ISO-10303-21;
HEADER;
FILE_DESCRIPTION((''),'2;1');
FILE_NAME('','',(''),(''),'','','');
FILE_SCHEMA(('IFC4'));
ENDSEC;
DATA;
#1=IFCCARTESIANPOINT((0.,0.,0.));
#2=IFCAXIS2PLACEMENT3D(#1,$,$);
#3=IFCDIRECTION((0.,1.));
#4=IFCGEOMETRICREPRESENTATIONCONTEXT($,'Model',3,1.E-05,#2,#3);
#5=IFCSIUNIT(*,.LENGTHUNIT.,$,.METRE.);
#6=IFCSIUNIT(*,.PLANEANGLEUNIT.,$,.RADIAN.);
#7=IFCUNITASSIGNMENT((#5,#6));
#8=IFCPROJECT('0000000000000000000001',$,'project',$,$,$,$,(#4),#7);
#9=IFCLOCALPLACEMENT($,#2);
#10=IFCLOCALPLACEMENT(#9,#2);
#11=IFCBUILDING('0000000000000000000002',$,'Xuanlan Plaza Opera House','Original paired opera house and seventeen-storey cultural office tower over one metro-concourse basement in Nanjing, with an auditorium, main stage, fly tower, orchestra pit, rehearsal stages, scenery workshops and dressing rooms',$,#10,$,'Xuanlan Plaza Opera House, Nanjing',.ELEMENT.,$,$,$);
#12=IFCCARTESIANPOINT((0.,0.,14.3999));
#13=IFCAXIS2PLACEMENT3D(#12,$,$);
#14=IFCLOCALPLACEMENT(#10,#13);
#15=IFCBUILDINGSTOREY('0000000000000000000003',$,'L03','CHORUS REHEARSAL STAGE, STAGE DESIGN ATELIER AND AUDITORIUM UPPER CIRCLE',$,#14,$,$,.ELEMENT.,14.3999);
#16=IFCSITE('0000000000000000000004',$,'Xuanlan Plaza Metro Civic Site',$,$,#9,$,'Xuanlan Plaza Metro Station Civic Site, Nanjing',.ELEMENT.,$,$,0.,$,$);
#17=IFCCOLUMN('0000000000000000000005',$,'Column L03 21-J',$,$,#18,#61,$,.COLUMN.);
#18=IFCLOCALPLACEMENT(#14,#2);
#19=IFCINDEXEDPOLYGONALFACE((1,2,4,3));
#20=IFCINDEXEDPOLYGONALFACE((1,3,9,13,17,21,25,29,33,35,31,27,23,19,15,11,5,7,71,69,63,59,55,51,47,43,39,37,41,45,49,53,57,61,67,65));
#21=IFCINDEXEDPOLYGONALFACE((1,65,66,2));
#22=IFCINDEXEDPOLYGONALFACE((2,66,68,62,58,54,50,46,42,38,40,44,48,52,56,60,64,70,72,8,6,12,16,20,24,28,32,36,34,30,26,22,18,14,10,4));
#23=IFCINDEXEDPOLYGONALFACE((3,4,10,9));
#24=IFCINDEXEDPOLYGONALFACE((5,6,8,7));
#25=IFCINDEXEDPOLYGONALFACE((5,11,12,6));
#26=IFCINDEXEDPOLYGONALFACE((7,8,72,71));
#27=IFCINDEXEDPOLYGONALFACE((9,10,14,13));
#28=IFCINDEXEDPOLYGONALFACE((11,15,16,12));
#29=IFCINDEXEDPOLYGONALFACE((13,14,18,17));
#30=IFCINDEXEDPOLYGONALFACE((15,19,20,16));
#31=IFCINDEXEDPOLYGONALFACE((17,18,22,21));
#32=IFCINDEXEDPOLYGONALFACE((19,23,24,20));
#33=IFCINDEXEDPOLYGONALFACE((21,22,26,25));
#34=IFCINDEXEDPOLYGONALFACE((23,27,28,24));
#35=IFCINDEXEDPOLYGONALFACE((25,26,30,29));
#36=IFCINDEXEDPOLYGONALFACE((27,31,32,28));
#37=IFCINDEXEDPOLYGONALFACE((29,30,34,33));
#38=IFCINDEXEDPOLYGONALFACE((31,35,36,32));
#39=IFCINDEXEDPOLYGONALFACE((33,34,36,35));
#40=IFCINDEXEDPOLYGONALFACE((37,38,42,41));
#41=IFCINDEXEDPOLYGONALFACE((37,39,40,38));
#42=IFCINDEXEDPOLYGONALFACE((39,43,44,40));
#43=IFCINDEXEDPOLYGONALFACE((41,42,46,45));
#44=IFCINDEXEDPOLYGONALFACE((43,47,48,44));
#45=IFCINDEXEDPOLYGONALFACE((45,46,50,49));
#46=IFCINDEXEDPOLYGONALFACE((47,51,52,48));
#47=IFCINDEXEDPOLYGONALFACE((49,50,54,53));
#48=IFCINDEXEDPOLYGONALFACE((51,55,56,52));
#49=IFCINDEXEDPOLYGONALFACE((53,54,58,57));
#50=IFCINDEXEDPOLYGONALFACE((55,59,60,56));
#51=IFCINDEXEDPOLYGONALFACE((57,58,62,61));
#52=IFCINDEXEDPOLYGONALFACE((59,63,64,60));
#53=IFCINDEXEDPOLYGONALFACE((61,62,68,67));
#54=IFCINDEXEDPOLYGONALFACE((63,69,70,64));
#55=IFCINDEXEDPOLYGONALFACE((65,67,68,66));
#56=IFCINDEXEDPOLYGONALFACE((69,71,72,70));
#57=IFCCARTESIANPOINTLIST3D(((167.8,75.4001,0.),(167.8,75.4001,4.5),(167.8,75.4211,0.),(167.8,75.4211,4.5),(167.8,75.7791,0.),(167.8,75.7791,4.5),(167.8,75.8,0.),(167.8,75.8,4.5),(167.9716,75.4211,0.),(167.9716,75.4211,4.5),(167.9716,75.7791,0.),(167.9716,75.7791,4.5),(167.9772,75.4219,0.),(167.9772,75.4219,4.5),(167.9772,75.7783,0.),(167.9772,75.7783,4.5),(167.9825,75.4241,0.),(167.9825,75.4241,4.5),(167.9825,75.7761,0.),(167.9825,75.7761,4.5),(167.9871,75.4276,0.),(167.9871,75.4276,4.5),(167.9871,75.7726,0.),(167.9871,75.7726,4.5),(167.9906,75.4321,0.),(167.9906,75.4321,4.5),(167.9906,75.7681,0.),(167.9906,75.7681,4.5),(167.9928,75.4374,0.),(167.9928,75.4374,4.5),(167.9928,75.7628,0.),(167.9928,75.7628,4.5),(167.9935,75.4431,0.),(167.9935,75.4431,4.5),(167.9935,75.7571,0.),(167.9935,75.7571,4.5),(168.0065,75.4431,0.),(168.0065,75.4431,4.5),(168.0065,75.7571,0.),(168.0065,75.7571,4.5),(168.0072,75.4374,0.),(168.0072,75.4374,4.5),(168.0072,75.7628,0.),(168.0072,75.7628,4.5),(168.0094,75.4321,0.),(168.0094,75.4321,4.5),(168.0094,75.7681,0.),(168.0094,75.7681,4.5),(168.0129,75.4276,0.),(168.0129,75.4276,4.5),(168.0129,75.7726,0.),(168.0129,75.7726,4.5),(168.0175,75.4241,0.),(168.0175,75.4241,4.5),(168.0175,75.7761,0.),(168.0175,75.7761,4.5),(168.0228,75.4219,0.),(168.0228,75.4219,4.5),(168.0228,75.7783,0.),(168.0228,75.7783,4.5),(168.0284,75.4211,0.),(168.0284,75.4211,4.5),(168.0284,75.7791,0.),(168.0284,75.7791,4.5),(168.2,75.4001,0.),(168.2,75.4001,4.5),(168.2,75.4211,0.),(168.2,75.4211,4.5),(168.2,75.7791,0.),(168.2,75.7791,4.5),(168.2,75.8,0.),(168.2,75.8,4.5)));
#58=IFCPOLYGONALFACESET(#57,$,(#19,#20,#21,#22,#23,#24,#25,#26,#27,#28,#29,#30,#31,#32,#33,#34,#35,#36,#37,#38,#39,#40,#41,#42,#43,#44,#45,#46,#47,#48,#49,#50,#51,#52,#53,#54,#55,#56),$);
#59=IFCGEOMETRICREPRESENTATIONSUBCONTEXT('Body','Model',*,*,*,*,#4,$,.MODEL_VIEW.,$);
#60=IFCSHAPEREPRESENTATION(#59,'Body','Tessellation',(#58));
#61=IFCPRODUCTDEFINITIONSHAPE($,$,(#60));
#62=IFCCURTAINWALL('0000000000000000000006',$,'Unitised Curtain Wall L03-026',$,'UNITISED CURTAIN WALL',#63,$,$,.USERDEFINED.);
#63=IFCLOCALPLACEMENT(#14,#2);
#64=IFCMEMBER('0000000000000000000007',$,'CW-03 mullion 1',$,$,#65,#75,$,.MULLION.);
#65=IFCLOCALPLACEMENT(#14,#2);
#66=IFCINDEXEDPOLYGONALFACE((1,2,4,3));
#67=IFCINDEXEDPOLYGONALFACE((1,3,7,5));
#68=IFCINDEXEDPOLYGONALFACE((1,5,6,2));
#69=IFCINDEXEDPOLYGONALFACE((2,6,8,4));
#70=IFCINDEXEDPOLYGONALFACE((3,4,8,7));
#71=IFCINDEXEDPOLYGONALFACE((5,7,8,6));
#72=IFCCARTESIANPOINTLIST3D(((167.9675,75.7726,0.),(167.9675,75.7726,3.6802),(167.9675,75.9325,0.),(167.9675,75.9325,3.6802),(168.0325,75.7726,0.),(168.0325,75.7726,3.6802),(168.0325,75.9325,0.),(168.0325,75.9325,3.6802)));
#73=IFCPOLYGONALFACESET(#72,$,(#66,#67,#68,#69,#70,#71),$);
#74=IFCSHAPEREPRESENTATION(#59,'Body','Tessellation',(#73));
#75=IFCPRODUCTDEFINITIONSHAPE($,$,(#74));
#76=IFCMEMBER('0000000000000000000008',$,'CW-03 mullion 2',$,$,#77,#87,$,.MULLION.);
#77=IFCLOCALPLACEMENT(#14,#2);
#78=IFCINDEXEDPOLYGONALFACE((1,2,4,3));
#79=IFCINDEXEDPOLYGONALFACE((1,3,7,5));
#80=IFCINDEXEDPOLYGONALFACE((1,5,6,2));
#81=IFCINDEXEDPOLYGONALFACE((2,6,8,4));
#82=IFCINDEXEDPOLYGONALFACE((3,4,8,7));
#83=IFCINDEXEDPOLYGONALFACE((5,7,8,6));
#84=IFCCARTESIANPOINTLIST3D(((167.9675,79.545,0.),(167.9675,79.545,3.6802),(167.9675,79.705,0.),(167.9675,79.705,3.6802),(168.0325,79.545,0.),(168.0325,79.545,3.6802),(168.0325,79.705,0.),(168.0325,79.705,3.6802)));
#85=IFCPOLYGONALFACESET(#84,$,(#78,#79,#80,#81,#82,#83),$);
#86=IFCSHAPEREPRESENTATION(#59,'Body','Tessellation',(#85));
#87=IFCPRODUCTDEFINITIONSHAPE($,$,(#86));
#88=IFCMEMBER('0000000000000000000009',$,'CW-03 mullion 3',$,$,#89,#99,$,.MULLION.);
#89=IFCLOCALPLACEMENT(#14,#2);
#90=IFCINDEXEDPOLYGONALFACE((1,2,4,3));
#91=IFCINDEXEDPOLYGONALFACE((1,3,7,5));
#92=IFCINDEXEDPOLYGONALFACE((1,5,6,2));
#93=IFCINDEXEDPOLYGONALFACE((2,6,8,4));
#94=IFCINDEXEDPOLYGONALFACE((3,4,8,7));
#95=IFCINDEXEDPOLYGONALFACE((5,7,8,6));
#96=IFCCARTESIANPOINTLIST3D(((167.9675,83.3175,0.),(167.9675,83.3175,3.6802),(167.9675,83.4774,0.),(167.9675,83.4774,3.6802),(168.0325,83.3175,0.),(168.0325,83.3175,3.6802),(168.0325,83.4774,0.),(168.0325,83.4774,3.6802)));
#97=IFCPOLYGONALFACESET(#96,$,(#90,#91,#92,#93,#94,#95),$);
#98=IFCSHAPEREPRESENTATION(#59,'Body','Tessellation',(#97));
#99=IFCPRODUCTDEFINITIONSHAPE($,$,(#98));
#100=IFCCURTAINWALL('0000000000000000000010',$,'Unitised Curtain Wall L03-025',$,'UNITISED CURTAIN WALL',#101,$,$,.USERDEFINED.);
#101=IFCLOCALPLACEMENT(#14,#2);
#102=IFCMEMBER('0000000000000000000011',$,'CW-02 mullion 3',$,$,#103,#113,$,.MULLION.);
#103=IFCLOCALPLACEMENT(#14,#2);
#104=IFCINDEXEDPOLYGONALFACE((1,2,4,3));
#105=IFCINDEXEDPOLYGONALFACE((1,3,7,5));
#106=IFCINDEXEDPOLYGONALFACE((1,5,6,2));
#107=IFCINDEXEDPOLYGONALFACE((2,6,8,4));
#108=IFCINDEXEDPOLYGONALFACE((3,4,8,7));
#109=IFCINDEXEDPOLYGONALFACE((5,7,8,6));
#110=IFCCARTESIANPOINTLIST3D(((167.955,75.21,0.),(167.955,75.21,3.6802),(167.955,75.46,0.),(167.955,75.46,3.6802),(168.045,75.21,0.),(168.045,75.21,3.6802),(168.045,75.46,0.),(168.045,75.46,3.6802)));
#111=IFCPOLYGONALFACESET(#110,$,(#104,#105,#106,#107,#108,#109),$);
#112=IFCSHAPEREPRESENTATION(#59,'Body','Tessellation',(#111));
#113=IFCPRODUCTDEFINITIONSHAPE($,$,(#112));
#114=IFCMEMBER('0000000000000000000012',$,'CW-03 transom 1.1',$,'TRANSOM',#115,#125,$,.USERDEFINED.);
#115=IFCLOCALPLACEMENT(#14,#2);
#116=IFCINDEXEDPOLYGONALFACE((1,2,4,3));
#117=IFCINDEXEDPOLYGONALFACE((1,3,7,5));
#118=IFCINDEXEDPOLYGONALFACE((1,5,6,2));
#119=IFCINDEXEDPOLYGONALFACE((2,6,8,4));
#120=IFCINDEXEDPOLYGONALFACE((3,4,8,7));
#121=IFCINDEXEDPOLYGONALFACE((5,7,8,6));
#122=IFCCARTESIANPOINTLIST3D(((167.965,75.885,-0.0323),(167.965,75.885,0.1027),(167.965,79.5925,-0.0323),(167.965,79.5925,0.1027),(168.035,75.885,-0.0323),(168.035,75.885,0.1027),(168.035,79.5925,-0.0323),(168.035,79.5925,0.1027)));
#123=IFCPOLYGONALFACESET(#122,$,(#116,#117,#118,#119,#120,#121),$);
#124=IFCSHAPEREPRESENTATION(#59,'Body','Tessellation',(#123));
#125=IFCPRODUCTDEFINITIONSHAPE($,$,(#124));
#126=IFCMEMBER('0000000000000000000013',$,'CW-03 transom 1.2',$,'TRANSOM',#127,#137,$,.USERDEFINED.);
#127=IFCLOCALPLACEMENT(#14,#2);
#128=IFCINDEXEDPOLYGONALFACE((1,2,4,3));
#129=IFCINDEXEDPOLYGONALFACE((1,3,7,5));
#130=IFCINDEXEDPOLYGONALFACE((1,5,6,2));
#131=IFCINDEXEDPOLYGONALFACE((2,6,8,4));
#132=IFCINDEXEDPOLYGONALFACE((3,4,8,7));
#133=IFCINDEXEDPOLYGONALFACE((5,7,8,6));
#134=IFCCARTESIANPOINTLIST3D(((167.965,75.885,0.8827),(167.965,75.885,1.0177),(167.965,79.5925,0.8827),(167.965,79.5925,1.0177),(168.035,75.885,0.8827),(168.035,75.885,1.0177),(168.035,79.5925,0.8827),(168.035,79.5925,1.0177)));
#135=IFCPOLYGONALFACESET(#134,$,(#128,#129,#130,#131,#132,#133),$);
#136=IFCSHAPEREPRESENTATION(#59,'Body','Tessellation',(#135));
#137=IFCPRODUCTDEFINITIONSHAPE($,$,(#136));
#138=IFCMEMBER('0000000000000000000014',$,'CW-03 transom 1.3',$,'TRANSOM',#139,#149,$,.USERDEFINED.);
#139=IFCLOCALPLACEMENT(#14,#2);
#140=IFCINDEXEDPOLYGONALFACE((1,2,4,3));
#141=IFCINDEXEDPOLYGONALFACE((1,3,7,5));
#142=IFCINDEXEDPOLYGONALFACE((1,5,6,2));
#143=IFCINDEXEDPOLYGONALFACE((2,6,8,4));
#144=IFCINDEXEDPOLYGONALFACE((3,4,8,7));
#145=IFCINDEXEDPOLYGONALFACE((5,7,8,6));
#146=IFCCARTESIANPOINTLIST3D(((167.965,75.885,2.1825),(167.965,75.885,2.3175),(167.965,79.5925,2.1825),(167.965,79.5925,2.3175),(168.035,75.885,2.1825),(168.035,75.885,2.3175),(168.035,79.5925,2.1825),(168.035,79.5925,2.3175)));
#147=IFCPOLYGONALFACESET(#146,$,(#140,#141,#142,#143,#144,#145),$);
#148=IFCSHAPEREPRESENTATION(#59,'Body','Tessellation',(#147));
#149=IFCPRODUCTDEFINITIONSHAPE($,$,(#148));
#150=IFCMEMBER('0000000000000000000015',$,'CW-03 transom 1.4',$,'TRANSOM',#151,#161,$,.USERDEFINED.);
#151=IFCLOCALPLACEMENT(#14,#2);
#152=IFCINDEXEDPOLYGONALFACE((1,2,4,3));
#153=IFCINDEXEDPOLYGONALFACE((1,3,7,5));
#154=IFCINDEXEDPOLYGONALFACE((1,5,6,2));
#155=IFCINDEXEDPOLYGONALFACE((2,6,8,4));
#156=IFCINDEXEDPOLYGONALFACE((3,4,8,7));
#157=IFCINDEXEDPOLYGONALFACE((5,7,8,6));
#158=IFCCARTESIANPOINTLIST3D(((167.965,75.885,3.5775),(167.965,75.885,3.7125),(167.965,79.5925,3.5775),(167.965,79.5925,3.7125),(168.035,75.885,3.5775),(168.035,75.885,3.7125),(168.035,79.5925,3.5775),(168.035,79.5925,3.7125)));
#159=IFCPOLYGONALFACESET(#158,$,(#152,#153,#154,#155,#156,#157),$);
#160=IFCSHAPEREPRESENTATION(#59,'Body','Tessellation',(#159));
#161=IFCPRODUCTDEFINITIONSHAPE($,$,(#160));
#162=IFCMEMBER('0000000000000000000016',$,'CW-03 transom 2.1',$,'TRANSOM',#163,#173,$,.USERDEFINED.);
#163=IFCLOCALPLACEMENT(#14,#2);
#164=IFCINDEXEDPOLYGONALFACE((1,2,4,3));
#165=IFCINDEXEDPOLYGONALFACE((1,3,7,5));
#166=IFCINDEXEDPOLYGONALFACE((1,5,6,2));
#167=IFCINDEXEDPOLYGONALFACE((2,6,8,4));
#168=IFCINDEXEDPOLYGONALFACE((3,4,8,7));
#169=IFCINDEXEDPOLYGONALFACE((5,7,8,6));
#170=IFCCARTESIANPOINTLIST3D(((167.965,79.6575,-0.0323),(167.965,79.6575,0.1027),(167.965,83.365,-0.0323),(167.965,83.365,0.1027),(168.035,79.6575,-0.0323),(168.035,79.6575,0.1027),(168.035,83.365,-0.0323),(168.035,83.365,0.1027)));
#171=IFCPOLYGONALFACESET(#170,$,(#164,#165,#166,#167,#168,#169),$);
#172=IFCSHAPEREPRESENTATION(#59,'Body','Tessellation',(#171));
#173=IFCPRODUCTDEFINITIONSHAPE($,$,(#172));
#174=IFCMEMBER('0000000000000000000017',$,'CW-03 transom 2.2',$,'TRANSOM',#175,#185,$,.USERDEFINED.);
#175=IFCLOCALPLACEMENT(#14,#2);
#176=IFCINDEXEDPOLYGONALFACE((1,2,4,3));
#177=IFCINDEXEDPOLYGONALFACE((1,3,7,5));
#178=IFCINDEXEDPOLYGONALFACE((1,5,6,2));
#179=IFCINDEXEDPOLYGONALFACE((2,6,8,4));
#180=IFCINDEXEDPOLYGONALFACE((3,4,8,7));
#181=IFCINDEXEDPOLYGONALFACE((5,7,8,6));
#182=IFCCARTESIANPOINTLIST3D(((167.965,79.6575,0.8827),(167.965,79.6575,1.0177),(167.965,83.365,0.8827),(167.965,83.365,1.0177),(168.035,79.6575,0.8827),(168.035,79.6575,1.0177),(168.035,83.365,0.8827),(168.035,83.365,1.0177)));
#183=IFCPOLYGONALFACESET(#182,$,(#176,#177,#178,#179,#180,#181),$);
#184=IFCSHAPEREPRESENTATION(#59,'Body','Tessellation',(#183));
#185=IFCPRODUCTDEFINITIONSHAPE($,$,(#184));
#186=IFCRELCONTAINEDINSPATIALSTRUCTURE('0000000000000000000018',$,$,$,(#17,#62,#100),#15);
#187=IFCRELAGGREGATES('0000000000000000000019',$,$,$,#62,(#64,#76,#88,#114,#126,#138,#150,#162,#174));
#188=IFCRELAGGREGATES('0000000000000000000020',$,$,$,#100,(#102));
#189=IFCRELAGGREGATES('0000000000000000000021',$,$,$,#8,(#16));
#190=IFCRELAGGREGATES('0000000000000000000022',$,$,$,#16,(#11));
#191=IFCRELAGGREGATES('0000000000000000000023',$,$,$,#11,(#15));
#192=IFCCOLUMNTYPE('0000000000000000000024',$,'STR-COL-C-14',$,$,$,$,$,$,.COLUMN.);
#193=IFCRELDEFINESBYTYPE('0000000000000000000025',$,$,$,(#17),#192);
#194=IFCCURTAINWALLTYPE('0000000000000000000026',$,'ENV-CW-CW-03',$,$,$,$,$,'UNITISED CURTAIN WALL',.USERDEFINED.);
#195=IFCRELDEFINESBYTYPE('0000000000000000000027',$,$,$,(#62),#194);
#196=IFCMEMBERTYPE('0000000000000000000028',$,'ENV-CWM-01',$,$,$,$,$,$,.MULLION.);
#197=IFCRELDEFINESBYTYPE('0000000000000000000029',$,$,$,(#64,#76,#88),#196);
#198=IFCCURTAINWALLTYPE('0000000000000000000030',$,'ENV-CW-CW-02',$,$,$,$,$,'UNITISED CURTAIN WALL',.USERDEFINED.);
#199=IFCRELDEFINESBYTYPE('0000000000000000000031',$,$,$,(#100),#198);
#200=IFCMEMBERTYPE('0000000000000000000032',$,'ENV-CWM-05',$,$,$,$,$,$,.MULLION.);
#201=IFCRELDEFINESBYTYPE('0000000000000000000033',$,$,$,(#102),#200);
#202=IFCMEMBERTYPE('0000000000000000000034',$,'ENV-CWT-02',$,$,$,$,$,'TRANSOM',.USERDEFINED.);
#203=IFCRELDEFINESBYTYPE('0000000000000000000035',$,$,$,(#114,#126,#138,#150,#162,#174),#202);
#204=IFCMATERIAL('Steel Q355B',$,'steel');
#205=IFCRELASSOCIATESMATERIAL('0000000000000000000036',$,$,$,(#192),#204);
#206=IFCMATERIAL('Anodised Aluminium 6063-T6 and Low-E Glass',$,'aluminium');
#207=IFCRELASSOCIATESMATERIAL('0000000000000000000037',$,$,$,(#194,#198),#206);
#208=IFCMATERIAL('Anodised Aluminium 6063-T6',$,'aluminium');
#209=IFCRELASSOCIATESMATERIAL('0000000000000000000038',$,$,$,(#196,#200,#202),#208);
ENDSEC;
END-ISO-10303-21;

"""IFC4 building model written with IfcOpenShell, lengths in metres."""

from ifc_helpers import new_model, si_unit, direction, frame, origin, origin_2d, place, context, subcontext, project, spatial, rectangle, i_section, extrude, material, material_profile, profile_set, type_object, element, aggregate, save


model = new_model("IFC4")

# Units and contexts
model_context = context("Model", 3, precision=1e-05, world=origin(), true_north=direction((0.0, 1.0)))
body_context = subcontext(model_context, "Body", "Model", "MODEL_VIEW")
ifc_project = project(units=[si_unit("LENGTHUNIT", "METRE"), si_unit("PLANEANGLEUNIT", "RADIAN")], contexts=[model_context])

# Site, building, storey
site_placement = place(None, origin())
site = spatial("IfcSite", under=ifc_project, at=site_placement, Name="Xuanlan Plaza Metro Civic Site", LongName="Xuanlan Plaza Metro Station Civic Site, Nanjing", CompositionType="ELEMENT", RefElevation=0.0)
building_placement = place(site_placement, origin())
building = spatial("IfcBuilding", under=site, at=building_placement, Name="Xuanlan Plaza Opera House", Description="Original paired opera house and seventeen-storey cultural office tower over one metro-concourse basement in Nanjing, with an auditorium, main stage, fly tower, orchestra pit, rehearsal stages, scenery workshops and dressing rooms", LongName="Xuanlan Plaza Opera House, Nanjing", CompositionType="ELEMENT")
storey_placement = place(building_placement, frame((0.0, 0.0, 14.3999)))
storey = spatial("IfcBuildingStorey", under=building, at=storey_placement, Name="L03", Description="CHORUS REHEARSAL STAGE, STAGE DESIGN ATELIER AND AUDITORIUM UPPER CIRCLE", CompositionType="ELEMENT", Elevation=14.3999)

# Column
ifc_material_1 = material(Name="Steel Q355B", Category="steel")
ifc_material_profile_1 = material_profile(ifc_material_1, i_section(OverallWidth=0.3999, OverallDepth=0.3999, WebThickness=0.0129, FlangeThickness=0.021, FilletRadius=0.022, at=origin_2d()), Name="HW 400x400x13x21")
ifc_profile_set_1 = profile_set([ifc_material_profile_1], Name="Steel Q355B")
column_type = type_object("IfcColumnType", Name="STR-COL-C-14", PredefinedType="COLUMN", material=ifc_profile_set_1)
column_placement = place(storey_placement, frame((168.0, 75.6001, 0.0), z_axis=(0.0, 0.0, 1.0), x_axis=(1.0, 0.0, 0.0)))
element("IfcColumn", 1, at=column_placement, inside=storey, type_object=column_type, Name="Column L03 21-J", PredefinedType="COLUMN", context=body_context, shape_type="SweptSolid", body=[
    extrude(i_section(OverallWidth=0.3999, OverallDepth=0.3999, WebThickness=0.0129, FlangeThickness=0.021, FilletRadius=0.022, at=origin_2d()), origin(), (0.0, 0.0, 1.0), 4.5),
])

# Curtain wall, members
ifc_material_2 = material(Name="Anodised Aluminium 6063-T6 and Low-E Glass", Category="aluminium")
curtain_wall_type_1 = type_object("IfcCurtainWallType", Name="ENV-CW-CW-03", ElementType="UNITISED CURTAIN WALL", PredefinedType="USERDEFINED", material=ifc_material_2)
curtain_wall_1_placement = place(storey_placement, origin())
curtain_wall_1 = element("IfcCurtainWall", 2, at=curtain_wall_1_placement, inside=storey, type_object=curtain_wall_type_1, Name="Unitised Curtain Wall L03-026", ObjectType="UNITISED CURTAIN WALL", PredefinedType="USERDEFINED")
ifc_material_3 = material(Name="Anodised Aluminium 6063-T6", Category="aluminium")
ifc_material_profile_2 = material_profile(ifc_material_3, rectangle(XDim=0.0649, YDim=0.1599, at=origin_2d()), Name="ALU-M 65x160")
ifc_profile_set_2 = profile_set([ifc_material_profile_2], Name="Anodised Aluminium 6063-T6")
member_type_1 = type_object("IfcMemberType", Name="ENV-CWM-01", PredefinedType="MULLION", material=ifc_profile_set_2)
member_1_placement = place(storey_placement, frame((168.0, 75.8525, 0.0), z_axis=(0.0, 0.0, 1.0), x_axis=(-1.0, 0.0, 0.0)))
member_1 = element("IfcMember", 3, at=member_1_placement, type_object=member_type_1, Name="CW-03 mullion 1", PredefinedType="MULLION", context=body_context, shape_type="SweptSolid", body=[
    extrude(rectangle(XDim=0.0649, YDim=0.1599, at=origin_2d()), origin(), (0.0, 0.0, 1.0), 3.6802),
])
member_2_placement = place(storey_placement, frame((168.0, 79.625, 0.0), z_axis=(0.0, 0.0, 1.0), x_axis=(-1.0, 0.0, 0.0)))
member_2 = element("IfcMember", 4, at=member_2_placement, type_object=member_type_1, Name="CW-03 mullion 2", PredefinedType="MULLION", context=body_context, shape_type="SweptSolid", body=[
    extrude(rectangle(XDim=0.0649, YDim=0.1599, at=origin_2d()), origin(), (0.0, 0.0, 1.0), 3.6802),
])
member_3_placement = place(storey_placement, frame((168.0, 83.3975, 0.0), z_axis=(0.0, 0.0, 1.0), x_axis=(-1.0, 0.0, 0.0)))
member_3 = element("IfcMember", 5, at=member_3_placement, type_object=member_type_1, Name="CW-03 mullion 3", PredefinedType="MULLION", context=body_context, shape_type="SweptSolid", body=[
    extrude(rectangle(XDim=0.0649, YDim=0.1599, at=origin_2d()), origin(), (0.0, 0.0, 1.0), 3.6802),
])

# Curtain wall, member
curtain_wall_type_2 = type_object("IfcCurtainWallType", Name="ENV-CW-CW-02", ElementType="UNITISED CURTAIN WALL", PredefinedType="USERDEFINED", material=ifc_material_2)
curtain_wall_2_placement = place(storey_placement, origin())
curtain_wall_2 = element("IfcCurtainWall", 6, at=curtain_wall_2_placement, inside=storey, type_object=curtain_wall_type_2, Name="Unitised Curtain Wall L03-025", ObjectType="UNITISED CURTAIN WALL", PredefinedType="USERDEFINED")
ifc_material_profile_3 = material_profile(ifc_material_3, rectangle(XDim=0.0901, YDim=0.25, at=origin_2d()), Name="ALU-M 90x250")
ifc_profile_set_3 = profile_set([ifc_material_profile_3], Name="Anodised Aluminium 6063-T6")
member_type_2 = type_object("IfcMemberType", Name="ENV-CWM-05", PredefinedType="MULLION", material=ifc_profile_set_3)
member_4_placement = place(storey_placement, frame((168.0, 75.335, 0.0), z_axis=(0.0, 0.0, 1.0), x_axis=(-1.0, 0.0, 0.0)))
member_4 = element("IfcMember", 7, at=member_4_placement, type_object=member_type_2, Name="CW-02 mullion 3", PredefinedType="MULLION", context=body_context, shape_type="SweptSolid", body=[
    extrude(rectangle(XDim=0.0901, YDim=0.25, at=origin_2d()), origin(), (0.0, 0.0, 1.0), 3.6802),
])

# Members
ifc_material_profile_4 = material_profile(ifc_material_3, rectangle(XDim=0.0701, YDim=0.135, at=origin_2d()), Name="ALU-T 70x135")
ifc_profile_set_4 = profile_set([ifc_material_profile_4], Name="Anodised Aluminium 6063-T6")
member_type_3 = type_object("IfcMemberType", Name="ENV-CWT-02", ElementType="TRANSOM", PredefinedType="USERDEFINED", material=ifc_profile_set_4)
member_5_placement = place(storey_placement, frame((168.0, 75.885, 0.0352), z_axis=(0.0, 1.0, 0.0), x_axis=(-1.0, 0.0, 0.0)))
member_5 = element("IfcMember", 8, at=member_5_placement, type_object=member_type_3, Name="CW-03 transom 1.1", ObjectType="TRANSOM", PredefinedType="USERDEFINED", context=body_context, shape_type="SweptSolid", body=[
    extrude(rectangle(XDim=0.0701, YDim=0.135, at=origin_2d()), origin(), (0.0, 0.0, 1.0), 3.7075),
])
member_6_placement = place(storey_placement, frame((168.0, 75.885, 0.9502), z_axis=(0.0, 1.0, 0.0), x_axis=(-1.0, 0.0, 0.0)))
member_6 = element("IfcMember", 9, at=member_6_placement, type_object=member_type_3, Name="CW-03 transom 1.2", ObjectType="TRANSOM", PredefinedType="USERDEFINED", context=body_context, shape_type="SweptSolid", body=[
    extrude(rectangle(XDim=0.0701, YDim=0.135, at=origin_2d()), origin(), (0.0, 0.0, 1.0), 3.7075),
])
member_7_placement = place(storey_placement, frame((168.0, 75.885, 2.25), z_axis=(0.0, 1.0, 0.0), x_axis=(-1.0, 0.0, 0.0)))
member_7 = element("IfcMember", 10, at=member_7_placement, type_object=member_type_3, Name="CW-03 transom 1.3", ObjectType="TRANSOM", PredefinedType="USERDEFINED", context=body_context, shape_type="SweptSolid", body=[
    extrude(rectangle(XDim=0.0701, YDim=0.135, at=origin_2d()), origin(), (0.0, 0.0, 1.0), 3.7075),
])
member_8_placement = place(storey_placement, frame((168.0, 75.885, 3.645), z_axis=(0.0, 1.0, 0.0), x_axis=(-1.0, 0.0, 0.0)))
member_8 = element("IfcMember", 11, at=member_8_placement, type_object=member_type_3, Name="CW-03 transom 1.4", ObjectType="TRANSOM", PredefinedType="USERDEFINED", context=body_context, shape_type="SweptSolid", body=[
    extrude(rectangle(XDim=0.0701, YDim=0.135, at=origin_2d()), origin(), (0.0, 0.0, 1.0), 3.7075),
])
member_9_placement = place(storey_placement, frame((168.0, 79.6575, 0.0352), z_axis=(0.0, 1.0, 0.0), x_axis=(-1.0, 0.0, 0.0)))
member_9 = element("IfcMember", 12, at=member_9_placement, type_object=member_type_3, Name="CW-03 transom 2.1", ObjectType="TRANSOM", PredefinedType="USERDEFINED", context=body_context, shape_type="SweptSolid", body=[
    extrude(rectangle(XDim=0.0701, YDim=0.135, at=origin_2d()), origin(), (0.0, 0.0, 1.0), 3.7075),
])
member_10_placement = place(storey_placement, frame((168.0, 79.6575, 0.9502), z_axis=(0.0, 1.0, 0.0), x_axis=(-1.0, 0.0, 0.0)))
member_10 = element("IfcMember", 13, at=member_10_placement, type_object=member_type_3, Name="CW-03 transom 2.2", ObjectType="TRANSOM", PredefinedType="USERDEFINED", context=body_context, shape_type="SweptSolid", body=[
    extrude(rectangle(XDim=0.0701, YDim=0.135, at=origin_2d()), origin(), (0.0, 0.0, 1.0), 3.7075),
])

aggregate(curtain_wall_1, [member_1, member_2, member_3, member_5, member_6, member_7, member_8, member_9, member_10])
aggregate(curtain_wall_2, [member_4])

save(model, "model.ifc")
